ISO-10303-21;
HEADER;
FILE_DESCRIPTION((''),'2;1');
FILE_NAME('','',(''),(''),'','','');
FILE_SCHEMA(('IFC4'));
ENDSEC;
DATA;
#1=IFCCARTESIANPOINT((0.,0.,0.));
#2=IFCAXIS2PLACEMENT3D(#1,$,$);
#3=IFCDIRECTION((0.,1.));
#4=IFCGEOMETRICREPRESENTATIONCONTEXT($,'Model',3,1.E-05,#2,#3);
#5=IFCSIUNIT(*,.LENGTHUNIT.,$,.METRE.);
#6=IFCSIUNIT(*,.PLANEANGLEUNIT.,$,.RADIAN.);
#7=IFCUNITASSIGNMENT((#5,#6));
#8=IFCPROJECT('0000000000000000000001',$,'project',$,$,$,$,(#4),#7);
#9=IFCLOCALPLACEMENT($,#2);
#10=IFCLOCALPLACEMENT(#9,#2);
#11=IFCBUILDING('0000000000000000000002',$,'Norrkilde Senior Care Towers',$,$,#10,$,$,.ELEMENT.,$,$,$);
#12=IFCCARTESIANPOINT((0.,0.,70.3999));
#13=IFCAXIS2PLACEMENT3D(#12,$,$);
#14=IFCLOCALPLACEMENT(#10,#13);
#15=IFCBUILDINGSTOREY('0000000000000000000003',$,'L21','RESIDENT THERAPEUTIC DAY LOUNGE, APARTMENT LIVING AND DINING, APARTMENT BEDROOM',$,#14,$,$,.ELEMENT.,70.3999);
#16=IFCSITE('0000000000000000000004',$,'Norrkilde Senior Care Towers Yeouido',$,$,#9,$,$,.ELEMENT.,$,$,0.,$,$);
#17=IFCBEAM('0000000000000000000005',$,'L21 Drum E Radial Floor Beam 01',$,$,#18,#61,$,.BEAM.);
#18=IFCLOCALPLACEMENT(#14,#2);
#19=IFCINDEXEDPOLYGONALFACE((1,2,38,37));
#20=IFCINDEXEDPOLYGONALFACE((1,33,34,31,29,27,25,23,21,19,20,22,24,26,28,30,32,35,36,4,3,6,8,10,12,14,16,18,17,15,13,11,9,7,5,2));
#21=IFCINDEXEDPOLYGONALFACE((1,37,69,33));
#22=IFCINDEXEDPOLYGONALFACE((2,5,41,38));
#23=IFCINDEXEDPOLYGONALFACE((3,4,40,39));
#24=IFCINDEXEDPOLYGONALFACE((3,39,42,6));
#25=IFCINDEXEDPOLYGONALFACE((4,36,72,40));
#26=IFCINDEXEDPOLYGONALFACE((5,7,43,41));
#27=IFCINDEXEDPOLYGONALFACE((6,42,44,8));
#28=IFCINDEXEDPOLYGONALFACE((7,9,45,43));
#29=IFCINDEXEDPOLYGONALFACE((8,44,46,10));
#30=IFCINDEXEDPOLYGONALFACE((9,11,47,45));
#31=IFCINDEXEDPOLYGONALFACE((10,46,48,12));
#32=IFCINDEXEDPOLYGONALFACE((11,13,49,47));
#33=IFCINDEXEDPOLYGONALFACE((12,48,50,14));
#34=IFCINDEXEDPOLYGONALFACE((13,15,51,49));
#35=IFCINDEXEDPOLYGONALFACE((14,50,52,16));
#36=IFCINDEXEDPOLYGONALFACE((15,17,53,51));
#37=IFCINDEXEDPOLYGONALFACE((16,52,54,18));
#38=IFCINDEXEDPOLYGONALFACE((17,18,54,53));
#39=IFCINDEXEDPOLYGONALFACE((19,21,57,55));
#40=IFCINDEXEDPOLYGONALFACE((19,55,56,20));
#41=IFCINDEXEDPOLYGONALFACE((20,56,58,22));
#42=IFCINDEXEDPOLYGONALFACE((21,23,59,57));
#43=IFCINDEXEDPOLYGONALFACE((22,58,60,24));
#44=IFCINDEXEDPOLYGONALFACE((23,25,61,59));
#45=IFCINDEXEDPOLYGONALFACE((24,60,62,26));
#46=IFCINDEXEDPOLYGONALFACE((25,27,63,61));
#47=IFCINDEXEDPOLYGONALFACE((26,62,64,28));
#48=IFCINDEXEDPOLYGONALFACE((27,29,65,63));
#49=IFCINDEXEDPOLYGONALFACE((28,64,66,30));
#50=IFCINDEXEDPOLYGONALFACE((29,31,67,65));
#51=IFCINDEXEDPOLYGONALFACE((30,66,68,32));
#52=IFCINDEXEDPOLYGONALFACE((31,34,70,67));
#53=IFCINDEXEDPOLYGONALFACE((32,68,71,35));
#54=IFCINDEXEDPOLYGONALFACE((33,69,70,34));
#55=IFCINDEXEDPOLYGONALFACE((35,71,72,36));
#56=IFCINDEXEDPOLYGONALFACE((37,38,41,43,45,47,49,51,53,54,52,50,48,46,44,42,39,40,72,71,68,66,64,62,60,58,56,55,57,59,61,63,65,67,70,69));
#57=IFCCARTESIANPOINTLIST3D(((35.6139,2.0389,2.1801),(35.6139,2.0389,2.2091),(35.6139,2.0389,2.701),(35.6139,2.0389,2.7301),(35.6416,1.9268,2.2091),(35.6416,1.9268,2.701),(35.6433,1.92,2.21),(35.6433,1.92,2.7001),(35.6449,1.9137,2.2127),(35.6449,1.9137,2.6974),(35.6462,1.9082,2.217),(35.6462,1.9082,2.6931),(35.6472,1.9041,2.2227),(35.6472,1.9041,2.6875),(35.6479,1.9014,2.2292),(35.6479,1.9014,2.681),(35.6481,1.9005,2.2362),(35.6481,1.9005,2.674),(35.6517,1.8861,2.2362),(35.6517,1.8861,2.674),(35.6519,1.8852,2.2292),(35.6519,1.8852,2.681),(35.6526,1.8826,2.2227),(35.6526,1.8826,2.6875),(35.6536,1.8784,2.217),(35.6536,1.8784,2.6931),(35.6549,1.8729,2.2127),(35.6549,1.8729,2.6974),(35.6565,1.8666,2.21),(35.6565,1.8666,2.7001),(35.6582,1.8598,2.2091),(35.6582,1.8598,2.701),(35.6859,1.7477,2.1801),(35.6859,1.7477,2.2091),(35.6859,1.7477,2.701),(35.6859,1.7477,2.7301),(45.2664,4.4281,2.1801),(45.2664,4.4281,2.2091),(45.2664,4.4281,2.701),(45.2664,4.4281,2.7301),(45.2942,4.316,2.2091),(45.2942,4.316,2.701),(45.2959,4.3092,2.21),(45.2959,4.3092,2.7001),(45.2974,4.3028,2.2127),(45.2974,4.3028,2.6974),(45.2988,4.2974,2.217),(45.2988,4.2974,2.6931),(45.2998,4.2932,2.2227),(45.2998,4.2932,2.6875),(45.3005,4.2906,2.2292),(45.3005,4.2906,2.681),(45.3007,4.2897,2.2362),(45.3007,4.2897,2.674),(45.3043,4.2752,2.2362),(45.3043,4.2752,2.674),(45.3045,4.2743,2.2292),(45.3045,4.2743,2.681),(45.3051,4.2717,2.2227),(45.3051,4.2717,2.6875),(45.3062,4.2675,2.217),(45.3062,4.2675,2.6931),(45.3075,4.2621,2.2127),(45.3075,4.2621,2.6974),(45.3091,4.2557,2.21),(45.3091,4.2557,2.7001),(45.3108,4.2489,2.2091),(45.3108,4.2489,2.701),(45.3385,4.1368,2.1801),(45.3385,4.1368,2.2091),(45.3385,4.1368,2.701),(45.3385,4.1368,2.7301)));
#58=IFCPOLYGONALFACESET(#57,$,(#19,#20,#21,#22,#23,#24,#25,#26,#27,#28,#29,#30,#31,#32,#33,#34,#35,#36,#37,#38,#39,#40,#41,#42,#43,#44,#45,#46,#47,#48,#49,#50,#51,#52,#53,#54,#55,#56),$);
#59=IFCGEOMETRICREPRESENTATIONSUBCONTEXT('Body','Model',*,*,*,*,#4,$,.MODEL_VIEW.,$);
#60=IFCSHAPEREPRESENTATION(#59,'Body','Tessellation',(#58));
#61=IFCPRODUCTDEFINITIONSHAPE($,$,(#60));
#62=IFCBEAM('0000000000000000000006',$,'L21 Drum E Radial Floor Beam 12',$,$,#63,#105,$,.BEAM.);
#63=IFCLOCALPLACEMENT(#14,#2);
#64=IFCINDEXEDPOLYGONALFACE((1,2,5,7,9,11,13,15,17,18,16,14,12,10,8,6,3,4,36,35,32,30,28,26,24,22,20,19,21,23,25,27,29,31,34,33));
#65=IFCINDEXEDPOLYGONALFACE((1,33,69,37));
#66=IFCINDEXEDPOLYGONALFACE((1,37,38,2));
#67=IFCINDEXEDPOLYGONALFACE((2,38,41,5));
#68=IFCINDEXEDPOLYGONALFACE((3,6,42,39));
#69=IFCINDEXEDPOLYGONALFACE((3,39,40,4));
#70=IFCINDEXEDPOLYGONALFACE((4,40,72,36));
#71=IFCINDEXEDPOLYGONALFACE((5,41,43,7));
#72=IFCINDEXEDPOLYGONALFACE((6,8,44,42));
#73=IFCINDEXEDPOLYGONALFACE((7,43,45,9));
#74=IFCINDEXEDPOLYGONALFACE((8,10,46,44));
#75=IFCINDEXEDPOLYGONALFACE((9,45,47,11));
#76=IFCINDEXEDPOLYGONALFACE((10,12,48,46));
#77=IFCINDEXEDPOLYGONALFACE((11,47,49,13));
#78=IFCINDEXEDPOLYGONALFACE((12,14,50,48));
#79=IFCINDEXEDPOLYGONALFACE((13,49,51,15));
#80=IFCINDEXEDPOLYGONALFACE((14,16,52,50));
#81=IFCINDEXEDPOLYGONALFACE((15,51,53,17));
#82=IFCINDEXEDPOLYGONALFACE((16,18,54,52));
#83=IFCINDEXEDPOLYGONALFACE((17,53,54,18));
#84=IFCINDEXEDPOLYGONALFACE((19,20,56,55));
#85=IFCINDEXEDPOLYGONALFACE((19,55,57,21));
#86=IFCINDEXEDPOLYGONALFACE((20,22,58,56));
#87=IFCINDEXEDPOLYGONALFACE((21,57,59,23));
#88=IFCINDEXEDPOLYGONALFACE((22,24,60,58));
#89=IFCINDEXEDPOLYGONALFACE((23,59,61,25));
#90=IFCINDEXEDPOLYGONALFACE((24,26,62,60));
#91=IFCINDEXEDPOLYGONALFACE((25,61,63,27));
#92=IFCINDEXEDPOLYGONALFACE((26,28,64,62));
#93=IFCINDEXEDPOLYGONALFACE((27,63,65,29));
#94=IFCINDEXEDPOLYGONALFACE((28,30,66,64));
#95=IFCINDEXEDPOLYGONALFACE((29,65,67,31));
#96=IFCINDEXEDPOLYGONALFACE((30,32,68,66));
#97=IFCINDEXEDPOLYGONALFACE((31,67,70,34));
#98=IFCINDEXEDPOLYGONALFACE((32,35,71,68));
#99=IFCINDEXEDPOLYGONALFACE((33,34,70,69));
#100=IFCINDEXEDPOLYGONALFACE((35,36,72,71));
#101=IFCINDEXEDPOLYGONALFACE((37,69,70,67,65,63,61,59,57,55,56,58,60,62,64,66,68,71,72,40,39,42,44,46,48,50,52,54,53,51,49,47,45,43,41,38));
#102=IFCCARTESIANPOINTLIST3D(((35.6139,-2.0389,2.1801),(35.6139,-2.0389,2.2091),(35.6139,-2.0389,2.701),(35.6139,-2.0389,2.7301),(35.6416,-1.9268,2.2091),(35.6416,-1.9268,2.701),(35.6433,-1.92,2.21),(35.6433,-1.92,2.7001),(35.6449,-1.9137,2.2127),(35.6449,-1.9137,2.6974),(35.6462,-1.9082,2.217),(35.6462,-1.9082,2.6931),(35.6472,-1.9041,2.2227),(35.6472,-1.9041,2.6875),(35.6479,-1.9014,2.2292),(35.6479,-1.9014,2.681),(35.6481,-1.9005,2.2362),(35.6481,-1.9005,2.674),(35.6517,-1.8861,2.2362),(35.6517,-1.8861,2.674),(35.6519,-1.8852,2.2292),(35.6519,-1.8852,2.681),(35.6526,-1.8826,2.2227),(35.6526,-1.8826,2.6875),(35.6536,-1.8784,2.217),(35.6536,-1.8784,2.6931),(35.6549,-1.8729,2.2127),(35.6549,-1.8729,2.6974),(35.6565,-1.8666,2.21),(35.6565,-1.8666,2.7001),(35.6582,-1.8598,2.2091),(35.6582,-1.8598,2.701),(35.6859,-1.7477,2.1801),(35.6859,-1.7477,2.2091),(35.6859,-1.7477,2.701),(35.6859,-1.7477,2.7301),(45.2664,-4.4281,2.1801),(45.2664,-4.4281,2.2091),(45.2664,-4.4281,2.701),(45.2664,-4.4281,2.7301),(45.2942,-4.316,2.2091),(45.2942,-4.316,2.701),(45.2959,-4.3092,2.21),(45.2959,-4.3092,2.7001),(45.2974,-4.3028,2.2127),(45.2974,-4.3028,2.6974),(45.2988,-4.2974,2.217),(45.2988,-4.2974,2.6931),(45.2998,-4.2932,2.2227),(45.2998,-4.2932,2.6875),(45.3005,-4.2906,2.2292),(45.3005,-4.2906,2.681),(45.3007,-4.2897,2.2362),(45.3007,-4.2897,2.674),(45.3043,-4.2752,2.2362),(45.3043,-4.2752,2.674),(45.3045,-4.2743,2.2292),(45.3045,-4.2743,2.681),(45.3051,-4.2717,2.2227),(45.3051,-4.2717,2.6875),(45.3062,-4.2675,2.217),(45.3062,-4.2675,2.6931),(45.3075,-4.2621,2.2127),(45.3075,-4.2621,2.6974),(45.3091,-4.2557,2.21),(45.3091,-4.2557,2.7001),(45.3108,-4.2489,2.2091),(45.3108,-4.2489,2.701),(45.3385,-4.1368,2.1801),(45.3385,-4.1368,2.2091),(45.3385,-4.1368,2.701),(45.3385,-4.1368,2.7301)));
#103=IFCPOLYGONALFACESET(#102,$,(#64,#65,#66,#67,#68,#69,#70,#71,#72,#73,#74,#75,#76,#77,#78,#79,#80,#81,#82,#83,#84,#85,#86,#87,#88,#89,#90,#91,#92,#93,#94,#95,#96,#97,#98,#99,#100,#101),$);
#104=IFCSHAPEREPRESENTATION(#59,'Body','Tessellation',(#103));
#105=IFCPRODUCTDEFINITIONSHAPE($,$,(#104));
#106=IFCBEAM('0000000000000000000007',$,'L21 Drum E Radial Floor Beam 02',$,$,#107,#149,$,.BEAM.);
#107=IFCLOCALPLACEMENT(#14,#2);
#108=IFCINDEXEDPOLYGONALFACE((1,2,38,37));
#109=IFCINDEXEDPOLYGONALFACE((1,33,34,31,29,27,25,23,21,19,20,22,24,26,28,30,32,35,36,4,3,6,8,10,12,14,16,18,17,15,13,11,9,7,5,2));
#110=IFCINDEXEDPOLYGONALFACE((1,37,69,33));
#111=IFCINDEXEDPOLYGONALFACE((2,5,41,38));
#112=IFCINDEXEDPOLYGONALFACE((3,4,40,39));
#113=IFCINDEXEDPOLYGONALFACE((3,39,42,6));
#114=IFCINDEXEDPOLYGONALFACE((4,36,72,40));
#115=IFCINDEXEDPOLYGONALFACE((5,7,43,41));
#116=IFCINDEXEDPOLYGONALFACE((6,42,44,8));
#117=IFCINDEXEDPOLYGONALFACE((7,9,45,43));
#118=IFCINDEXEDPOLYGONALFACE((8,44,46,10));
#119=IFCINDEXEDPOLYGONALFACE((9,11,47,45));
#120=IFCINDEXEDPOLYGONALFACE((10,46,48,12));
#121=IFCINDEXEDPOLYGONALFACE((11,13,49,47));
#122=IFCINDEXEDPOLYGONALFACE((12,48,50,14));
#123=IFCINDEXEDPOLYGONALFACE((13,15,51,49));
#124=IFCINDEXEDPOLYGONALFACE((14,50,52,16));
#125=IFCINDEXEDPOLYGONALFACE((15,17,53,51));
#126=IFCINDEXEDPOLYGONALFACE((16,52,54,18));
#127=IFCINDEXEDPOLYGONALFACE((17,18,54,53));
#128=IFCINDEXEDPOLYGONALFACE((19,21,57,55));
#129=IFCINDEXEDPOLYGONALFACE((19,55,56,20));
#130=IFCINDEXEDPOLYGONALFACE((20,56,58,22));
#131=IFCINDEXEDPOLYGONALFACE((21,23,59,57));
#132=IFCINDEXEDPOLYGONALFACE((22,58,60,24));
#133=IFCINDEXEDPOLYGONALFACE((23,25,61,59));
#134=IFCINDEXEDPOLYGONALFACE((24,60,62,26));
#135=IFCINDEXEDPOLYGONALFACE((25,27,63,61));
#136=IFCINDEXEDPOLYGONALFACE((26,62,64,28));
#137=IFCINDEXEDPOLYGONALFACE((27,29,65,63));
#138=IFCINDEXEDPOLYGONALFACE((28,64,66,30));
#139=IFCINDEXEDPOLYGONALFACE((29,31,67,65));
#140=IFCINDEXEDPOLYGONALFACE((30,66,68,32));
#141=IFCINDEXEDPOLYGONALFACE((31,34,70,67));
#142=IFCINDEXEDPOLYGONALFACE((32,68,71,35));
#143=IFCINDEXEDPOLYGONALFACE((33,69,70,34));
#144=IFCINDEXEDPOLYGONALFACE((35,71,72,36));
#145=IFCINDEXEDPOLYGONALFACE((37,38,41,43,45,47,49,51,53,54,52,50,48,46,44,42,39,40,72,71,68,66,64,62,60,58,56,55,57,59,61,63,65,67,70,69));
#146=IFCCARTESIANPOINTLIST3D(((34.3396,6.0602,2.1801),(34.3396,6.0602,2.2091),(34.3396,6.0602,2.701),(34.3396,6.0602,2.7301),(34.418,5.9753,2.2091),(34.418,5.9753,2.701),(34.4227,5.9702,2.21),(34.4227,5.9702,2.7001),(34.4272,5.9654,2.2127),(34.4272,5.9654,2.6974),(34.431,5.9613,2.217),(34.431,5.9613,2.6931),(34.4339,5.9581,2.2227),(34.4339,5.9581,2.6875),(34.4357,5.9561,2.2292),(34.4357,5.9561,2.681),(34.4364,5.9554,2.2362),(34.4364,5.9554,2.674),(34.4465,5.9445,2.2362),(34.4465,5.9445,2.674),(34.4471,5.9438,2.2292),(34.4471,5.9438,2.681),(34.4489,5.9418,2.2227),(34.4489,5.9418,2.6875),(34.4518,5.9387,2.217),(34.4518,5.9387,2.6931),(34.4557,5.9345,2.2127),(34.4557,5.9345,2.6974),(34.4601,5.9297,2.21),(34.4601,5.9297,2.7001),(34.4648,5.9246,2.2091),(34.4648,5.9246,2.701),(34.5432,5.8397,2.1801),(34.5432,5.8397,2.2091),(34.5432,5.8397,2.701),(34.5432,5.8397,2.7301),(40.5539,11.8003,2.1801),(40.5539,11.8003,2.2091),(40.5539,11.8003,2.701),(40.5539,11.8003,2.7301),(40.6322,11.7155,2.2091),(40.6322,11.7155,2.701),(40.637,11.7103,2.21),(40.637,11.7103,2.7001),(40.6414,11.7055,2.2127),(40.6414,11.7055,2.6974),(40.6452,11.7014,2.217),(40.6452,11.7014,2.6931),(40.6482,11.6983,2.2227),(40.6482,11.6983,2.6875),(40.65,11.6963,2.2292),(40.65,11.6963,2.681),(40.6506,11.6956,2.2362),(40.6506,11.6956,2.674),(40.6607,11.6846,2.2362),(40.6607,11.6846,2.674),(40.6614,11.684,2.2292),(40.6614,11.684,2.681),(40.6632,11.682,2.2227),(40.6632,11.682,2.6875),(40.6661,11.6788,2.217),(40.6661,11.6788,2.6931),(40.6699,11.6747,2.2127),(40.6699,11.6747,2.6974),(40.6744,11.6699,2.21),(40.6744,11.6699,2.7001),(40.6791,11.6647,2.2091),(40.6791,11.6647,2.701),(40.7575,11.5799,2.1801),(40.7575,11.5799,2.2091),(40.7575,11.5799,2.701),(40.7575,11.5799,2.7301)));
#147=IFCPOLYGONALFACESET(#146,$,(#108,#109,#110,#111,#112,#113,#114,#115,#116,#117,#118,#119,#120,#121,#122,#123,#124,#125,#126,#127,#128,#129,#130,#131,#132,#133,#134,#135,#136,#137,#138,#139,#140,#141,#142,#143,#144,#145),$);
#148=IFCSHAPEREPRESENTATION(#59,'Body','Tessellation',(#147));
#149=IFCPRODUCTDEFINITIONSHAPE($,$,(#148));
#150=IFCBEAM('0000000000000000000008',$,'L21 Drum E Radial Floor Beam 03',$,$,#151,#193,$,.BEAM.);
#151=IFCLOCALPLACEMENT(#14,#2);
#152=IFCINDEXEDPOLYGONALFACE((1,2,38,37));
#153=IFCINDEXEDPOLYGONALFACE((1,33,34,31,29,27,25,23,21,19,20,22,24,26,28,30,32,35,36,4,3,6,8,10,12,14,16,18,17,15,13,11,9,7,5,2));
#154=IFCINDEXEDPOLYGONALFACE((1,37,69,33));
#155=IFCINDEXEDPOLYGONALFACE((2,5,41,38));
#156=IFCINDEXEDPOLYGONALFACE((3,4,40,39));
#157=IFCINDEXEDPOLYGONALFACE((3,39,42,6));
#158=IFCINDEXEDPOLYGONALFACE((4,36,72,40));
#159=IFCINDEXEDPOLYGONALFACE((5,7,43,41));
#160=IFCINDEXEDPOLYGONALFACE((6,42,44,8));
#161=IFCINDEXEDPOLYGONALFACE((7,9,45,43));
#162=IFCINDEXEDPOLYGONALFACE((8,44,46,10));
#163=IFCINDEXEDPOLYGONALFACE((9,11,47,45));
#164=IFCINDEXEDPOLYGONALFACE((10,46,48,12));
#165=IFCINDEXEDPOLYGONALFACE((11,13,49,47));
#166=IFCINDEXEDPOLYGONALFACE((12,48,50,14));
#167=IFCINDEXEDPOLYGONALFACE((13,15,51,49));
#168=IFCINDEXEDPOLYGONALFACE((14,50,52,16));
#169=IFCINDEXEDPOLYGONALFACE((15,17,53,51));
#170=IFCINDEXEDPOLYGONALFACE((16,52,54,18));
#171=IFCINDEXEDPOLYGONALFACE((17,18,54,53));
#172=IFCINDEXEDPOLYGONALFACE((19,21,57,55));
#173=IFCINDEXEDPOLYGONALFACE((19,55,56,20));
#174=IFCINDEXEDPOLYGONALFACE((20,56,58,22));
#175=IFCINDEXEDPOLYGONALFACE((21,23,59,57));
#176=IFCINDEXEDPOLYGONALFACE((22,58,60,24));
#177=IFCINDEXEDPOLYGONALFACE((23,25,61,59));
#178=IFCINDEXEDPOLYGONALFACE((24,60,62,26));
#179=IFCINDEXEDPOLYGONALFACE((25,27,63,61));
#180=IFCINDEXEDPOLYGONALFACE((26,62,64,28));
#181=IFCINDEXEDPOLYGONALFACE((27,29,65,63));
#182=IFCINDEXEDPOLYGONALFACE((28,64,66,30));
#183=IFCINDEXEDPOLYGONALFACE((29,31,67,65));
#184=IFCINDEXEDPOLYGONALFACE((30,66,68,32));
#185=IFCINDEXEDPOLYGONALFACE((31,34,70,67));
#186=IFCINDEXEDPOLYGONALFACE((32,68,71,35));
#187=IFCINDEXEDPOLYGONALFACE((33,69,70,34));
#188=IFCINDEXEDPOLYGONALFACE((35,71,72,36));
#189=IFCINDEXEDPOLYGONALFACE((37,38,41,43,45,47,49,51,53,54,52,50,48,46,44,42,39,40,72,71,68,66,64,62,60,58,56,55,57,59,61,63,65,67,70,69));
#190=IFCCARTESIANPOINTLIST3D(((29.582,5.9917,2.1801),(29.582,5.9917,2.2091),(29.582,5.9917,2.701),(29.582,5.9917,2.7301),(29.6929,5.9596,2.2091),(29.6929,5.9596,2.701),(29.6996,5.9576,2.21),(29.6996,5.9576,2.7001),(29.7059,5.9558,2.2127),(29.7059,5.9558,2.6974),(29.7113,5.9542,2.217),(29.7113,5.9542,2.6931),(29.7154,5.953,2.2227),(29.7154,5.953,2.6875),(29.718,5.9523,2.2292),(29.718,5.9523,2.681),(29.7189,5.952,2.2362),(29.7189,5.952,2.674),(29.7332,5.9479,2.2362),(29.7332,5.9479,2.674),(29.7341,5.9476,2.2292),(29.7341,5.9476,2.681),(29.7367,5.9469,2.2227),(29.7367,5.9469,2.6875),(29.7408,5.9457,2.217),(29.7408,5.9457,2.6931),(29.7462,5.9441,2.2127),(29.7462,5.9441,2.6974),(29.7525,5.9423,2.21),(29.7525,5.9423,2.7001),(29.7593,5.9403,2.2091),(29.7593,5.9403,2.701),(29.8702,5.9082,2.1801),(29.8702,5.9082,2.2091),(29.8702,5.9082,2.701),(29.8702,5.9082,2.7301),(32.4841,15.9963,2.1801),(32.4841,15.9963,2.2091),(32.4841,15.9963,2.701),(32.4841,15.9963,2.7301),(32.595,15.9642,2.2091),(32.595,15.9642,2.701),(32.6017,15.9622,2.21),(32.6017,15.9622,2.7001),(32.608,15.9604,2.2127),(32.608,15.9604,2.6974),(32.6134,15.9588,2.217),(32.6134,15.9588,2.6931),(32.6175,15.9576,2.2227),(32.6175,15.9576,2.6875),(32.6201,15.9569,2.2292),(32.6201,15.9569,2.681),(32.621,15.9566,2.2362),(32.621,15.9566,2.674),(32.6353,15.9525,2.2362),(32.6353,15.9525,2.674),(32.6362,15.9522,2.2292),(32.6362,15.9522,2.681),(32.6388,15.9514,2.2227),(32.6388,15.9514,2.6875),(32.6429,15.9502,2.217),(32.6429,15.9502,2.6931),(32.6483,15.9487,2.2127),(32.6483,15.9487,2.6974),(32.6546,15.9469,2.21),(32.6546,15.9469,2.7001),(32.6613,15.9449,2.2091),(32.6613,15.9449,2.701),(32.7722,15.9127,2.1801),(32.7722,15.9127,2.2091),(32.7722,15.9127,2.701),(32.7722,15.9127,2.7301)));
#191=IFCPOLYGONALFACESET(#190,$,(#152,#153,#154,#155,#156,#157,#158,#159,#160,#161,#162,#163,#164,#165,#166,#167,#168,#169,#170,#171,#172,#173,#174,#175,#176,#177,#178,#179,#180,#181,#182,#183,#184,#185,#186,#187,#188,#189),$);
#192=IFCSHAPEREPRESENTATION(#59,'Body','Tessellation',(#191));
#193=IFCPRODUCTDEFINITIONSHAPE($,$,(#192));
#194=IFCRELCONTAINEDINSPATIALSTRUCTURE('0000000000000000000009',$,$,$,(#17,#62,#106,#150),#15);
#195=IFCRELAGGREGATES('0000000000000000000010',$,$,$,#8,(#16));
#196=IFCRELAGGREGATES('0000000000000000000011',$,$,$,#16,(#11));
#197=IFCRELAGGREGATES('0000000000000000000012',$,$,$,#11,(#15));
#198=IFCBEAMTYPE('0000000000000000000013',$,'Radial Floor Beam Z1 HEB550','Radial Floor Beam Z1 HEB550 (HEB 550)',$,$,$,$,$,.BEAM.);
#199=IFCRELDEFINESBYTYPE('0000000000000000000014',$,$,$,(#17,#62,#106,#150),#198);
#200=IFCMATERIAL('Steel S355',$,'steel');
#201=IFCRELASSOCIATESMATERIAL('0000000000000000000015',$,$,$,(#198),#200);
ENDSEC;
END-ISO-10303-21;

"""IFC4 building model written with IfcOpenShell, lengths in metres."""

from ifc_helpers import new_model, si_unit, direction, frame, origin, origin_2d, place, context, subcontext, project, spatial, i_section, extrude, source, transform, mapped, material, material_profile, profile_set, type_object, type_shapes, element, save


model = new_model("IFC4")

# Units and contexts
model_context = context("Model", 3, precision=1e-05, world=origin(), true_north=direction((0.0, 1.0)))
body_context = subcontext(model_context, "Body", "Model", "MODEL_VIEW")
ifc_project = project(units=[si_unit("LENGTHUNIT", "METRE"), si_unit("PLANEANGLEUNIT", "RADIAN")], contexts=[model_context])

# Site, building, storey
site_placement = place(None, origin())
site = spatial("IfcSite", under=ifc_project, at=site_placement, Name="Norrkilde Senior Care Towers Yeouido", CompositionType="ELEMENT", RefElevation=0.0)
building_placement = place(site_placement, origin())
building = spatial("IfcBuilding", under=site, at=building_placement, Name="Norrkilde Senior Care Towers", CompositionType="ELEMENT")
storey_placement = place(building_placement, frame((0.0, 0.0, 70.3999)))
storey = spatial("IfcBuildingStorey", under=building, at=storey_placement, Name="L21", Description="RESIDENT THERAPEUTIC DAY LOUNGE, APARTMENT LIVING AND DINING, APARTMENT BEDROOM", CompositionType="ELEMENT", Elevation=70.3999)

# Beams
ifc_material_1 = material(Name="Steel S355", Category="steel")
ifc_material_profile = material_profile(ifc_material_1, i_section(OverallWidth=0.3, OverallDepth=0.55, WebThickness=0.0149, FlangeThickness=0.0291, FilletRadius=0.0271, at=origin_2d()), Name="HEB 550")
ifc_profile_set = profile_set([ifc_material_profile], Name="Steel S355")
beam_type = type_object("IfcBeamType", Name="Radial Floor Beam Z1 HEB550", Description="Radial Floor Beam Z1 HEB550 (HEB 550)", PredefinedType="BEAM", material=ifc_profile_set)
shared_shape_1 = source(origin(), body_context, "Body", "SweptSolid", [
    extrude(i_section(OverallWidth=0.3, OverallDepth=0.55, WebThickness=0.0149, FlangeThickness=0.0291, FilletRadius=0.0271, at=origin_2d()), origin(), (0.0, 0.0, 1.0), 9.9438),
])
for number, where, z_axis, x_axis, name in (
    (1, (35.6499, 1.8933, 2.4551), (0.970707, 0.240265, 0.0), (-0.240265, 0.970707, 0.0), "L21 Drum E Radial Floor Beam 01"),
    (2, (35.6499, -1.8933, 2.4551), (0.970707, -0.240265, 0.0), (0.240265, 0.970707, 0.0), "L21 Drum E Radial Floor Beam 12"),
):
    element("IfcBeam", number, at=place(storey_placement, frame(where, z_axis=z_axis, x_axis=x_axis)), inside=storey, type_object=beam_type, Name=name, PredefinedType="BEAM", context=body_context, shape_type="MappedRepresentation", body=[
        mapped(shared_shape_1, transform((0.0, 0.0, 0.0), x_axis=(1.0, 0.0, 0.0), y_axis=(0.0, 1.0, 0.0), z_axis=(0.0, 0.0, 1.0), scale=1.0)),
    ])
shared_shape_2 = source(origin(), body_context, "Body", "SweptSolid", [
    extrude(i_section(OverallWidth=0.3, OverallDepth=0.55, WebThickness=0.0149, FlangeThickness=0.0291, FilletRadius=0.0271, at=origin_2d()), origin(), (0.0, 0.0, 1.0), 8.4597),
])
beam_1_placement = place(storey_placement, frame((34.4414, 5.95, 2.4551), z_axis=(0.734573, 0.678529, 0.0), x_axis=(-0.678529, 0.734573, 0.0)))
element("IfcBeam", 3, at=beam_1_placement, inside=storey, type_object=beam_type, Name="L21 Drum E Radial Floor Beam 02", PredefinedType="BEAM", context=body_context, shape_type="MappedRepresentation", body=[
    mapped(shared_shape_2, transform((0.0, 0.0, 0.0), x_axis=(1.0, 0.0, 0.0), y_axis=(0.0, 1.0, 0.0), z_axis=(0.0, 0.0, 1.0), scale=1.0)),
])
shared_shape_3 = source(origin(), body_context, "Body", "SweptSolid", [
    extrude(i_section(OverallWidth=0.3, OverallDepth=0.55, WebThickness=0.0149, FlangeThickness=0.0291, FilletRadius=0.0271, at=origin_2d()), origin(), (0.0, 0.0, 1.0), 10.417),
])
type_shapes(beam_type, [shared_shape_1, shared_shape_2, shared_shape_3])
beam_2_placement = place(storey_placement, frame((29.7261, 5.95, 2.4551), z_axis=(0.278591, 0.96041, 0.0), x_axis=(-0.96041, 0.278591, 0.0)))
element("IfcBeam", 4, at=beam_2_placement, inside=storey, type_object=beam_type, Name="L21 Drum E Radial Floor Beam 03", PredefinedType="BEAM", context=body_context, shape_type="MappedRepresentation", body=[
    mapped(shared_shape_3, transform((0.0, 0.0, 0.0), x_axis=(1.0, 0.0, 0.0), y_axis=(0.0, 1.0, 0.0), z_axis=(0.0, 0.0, 1.0), scale=1.0)),
])

save(model, "model.ifc")
